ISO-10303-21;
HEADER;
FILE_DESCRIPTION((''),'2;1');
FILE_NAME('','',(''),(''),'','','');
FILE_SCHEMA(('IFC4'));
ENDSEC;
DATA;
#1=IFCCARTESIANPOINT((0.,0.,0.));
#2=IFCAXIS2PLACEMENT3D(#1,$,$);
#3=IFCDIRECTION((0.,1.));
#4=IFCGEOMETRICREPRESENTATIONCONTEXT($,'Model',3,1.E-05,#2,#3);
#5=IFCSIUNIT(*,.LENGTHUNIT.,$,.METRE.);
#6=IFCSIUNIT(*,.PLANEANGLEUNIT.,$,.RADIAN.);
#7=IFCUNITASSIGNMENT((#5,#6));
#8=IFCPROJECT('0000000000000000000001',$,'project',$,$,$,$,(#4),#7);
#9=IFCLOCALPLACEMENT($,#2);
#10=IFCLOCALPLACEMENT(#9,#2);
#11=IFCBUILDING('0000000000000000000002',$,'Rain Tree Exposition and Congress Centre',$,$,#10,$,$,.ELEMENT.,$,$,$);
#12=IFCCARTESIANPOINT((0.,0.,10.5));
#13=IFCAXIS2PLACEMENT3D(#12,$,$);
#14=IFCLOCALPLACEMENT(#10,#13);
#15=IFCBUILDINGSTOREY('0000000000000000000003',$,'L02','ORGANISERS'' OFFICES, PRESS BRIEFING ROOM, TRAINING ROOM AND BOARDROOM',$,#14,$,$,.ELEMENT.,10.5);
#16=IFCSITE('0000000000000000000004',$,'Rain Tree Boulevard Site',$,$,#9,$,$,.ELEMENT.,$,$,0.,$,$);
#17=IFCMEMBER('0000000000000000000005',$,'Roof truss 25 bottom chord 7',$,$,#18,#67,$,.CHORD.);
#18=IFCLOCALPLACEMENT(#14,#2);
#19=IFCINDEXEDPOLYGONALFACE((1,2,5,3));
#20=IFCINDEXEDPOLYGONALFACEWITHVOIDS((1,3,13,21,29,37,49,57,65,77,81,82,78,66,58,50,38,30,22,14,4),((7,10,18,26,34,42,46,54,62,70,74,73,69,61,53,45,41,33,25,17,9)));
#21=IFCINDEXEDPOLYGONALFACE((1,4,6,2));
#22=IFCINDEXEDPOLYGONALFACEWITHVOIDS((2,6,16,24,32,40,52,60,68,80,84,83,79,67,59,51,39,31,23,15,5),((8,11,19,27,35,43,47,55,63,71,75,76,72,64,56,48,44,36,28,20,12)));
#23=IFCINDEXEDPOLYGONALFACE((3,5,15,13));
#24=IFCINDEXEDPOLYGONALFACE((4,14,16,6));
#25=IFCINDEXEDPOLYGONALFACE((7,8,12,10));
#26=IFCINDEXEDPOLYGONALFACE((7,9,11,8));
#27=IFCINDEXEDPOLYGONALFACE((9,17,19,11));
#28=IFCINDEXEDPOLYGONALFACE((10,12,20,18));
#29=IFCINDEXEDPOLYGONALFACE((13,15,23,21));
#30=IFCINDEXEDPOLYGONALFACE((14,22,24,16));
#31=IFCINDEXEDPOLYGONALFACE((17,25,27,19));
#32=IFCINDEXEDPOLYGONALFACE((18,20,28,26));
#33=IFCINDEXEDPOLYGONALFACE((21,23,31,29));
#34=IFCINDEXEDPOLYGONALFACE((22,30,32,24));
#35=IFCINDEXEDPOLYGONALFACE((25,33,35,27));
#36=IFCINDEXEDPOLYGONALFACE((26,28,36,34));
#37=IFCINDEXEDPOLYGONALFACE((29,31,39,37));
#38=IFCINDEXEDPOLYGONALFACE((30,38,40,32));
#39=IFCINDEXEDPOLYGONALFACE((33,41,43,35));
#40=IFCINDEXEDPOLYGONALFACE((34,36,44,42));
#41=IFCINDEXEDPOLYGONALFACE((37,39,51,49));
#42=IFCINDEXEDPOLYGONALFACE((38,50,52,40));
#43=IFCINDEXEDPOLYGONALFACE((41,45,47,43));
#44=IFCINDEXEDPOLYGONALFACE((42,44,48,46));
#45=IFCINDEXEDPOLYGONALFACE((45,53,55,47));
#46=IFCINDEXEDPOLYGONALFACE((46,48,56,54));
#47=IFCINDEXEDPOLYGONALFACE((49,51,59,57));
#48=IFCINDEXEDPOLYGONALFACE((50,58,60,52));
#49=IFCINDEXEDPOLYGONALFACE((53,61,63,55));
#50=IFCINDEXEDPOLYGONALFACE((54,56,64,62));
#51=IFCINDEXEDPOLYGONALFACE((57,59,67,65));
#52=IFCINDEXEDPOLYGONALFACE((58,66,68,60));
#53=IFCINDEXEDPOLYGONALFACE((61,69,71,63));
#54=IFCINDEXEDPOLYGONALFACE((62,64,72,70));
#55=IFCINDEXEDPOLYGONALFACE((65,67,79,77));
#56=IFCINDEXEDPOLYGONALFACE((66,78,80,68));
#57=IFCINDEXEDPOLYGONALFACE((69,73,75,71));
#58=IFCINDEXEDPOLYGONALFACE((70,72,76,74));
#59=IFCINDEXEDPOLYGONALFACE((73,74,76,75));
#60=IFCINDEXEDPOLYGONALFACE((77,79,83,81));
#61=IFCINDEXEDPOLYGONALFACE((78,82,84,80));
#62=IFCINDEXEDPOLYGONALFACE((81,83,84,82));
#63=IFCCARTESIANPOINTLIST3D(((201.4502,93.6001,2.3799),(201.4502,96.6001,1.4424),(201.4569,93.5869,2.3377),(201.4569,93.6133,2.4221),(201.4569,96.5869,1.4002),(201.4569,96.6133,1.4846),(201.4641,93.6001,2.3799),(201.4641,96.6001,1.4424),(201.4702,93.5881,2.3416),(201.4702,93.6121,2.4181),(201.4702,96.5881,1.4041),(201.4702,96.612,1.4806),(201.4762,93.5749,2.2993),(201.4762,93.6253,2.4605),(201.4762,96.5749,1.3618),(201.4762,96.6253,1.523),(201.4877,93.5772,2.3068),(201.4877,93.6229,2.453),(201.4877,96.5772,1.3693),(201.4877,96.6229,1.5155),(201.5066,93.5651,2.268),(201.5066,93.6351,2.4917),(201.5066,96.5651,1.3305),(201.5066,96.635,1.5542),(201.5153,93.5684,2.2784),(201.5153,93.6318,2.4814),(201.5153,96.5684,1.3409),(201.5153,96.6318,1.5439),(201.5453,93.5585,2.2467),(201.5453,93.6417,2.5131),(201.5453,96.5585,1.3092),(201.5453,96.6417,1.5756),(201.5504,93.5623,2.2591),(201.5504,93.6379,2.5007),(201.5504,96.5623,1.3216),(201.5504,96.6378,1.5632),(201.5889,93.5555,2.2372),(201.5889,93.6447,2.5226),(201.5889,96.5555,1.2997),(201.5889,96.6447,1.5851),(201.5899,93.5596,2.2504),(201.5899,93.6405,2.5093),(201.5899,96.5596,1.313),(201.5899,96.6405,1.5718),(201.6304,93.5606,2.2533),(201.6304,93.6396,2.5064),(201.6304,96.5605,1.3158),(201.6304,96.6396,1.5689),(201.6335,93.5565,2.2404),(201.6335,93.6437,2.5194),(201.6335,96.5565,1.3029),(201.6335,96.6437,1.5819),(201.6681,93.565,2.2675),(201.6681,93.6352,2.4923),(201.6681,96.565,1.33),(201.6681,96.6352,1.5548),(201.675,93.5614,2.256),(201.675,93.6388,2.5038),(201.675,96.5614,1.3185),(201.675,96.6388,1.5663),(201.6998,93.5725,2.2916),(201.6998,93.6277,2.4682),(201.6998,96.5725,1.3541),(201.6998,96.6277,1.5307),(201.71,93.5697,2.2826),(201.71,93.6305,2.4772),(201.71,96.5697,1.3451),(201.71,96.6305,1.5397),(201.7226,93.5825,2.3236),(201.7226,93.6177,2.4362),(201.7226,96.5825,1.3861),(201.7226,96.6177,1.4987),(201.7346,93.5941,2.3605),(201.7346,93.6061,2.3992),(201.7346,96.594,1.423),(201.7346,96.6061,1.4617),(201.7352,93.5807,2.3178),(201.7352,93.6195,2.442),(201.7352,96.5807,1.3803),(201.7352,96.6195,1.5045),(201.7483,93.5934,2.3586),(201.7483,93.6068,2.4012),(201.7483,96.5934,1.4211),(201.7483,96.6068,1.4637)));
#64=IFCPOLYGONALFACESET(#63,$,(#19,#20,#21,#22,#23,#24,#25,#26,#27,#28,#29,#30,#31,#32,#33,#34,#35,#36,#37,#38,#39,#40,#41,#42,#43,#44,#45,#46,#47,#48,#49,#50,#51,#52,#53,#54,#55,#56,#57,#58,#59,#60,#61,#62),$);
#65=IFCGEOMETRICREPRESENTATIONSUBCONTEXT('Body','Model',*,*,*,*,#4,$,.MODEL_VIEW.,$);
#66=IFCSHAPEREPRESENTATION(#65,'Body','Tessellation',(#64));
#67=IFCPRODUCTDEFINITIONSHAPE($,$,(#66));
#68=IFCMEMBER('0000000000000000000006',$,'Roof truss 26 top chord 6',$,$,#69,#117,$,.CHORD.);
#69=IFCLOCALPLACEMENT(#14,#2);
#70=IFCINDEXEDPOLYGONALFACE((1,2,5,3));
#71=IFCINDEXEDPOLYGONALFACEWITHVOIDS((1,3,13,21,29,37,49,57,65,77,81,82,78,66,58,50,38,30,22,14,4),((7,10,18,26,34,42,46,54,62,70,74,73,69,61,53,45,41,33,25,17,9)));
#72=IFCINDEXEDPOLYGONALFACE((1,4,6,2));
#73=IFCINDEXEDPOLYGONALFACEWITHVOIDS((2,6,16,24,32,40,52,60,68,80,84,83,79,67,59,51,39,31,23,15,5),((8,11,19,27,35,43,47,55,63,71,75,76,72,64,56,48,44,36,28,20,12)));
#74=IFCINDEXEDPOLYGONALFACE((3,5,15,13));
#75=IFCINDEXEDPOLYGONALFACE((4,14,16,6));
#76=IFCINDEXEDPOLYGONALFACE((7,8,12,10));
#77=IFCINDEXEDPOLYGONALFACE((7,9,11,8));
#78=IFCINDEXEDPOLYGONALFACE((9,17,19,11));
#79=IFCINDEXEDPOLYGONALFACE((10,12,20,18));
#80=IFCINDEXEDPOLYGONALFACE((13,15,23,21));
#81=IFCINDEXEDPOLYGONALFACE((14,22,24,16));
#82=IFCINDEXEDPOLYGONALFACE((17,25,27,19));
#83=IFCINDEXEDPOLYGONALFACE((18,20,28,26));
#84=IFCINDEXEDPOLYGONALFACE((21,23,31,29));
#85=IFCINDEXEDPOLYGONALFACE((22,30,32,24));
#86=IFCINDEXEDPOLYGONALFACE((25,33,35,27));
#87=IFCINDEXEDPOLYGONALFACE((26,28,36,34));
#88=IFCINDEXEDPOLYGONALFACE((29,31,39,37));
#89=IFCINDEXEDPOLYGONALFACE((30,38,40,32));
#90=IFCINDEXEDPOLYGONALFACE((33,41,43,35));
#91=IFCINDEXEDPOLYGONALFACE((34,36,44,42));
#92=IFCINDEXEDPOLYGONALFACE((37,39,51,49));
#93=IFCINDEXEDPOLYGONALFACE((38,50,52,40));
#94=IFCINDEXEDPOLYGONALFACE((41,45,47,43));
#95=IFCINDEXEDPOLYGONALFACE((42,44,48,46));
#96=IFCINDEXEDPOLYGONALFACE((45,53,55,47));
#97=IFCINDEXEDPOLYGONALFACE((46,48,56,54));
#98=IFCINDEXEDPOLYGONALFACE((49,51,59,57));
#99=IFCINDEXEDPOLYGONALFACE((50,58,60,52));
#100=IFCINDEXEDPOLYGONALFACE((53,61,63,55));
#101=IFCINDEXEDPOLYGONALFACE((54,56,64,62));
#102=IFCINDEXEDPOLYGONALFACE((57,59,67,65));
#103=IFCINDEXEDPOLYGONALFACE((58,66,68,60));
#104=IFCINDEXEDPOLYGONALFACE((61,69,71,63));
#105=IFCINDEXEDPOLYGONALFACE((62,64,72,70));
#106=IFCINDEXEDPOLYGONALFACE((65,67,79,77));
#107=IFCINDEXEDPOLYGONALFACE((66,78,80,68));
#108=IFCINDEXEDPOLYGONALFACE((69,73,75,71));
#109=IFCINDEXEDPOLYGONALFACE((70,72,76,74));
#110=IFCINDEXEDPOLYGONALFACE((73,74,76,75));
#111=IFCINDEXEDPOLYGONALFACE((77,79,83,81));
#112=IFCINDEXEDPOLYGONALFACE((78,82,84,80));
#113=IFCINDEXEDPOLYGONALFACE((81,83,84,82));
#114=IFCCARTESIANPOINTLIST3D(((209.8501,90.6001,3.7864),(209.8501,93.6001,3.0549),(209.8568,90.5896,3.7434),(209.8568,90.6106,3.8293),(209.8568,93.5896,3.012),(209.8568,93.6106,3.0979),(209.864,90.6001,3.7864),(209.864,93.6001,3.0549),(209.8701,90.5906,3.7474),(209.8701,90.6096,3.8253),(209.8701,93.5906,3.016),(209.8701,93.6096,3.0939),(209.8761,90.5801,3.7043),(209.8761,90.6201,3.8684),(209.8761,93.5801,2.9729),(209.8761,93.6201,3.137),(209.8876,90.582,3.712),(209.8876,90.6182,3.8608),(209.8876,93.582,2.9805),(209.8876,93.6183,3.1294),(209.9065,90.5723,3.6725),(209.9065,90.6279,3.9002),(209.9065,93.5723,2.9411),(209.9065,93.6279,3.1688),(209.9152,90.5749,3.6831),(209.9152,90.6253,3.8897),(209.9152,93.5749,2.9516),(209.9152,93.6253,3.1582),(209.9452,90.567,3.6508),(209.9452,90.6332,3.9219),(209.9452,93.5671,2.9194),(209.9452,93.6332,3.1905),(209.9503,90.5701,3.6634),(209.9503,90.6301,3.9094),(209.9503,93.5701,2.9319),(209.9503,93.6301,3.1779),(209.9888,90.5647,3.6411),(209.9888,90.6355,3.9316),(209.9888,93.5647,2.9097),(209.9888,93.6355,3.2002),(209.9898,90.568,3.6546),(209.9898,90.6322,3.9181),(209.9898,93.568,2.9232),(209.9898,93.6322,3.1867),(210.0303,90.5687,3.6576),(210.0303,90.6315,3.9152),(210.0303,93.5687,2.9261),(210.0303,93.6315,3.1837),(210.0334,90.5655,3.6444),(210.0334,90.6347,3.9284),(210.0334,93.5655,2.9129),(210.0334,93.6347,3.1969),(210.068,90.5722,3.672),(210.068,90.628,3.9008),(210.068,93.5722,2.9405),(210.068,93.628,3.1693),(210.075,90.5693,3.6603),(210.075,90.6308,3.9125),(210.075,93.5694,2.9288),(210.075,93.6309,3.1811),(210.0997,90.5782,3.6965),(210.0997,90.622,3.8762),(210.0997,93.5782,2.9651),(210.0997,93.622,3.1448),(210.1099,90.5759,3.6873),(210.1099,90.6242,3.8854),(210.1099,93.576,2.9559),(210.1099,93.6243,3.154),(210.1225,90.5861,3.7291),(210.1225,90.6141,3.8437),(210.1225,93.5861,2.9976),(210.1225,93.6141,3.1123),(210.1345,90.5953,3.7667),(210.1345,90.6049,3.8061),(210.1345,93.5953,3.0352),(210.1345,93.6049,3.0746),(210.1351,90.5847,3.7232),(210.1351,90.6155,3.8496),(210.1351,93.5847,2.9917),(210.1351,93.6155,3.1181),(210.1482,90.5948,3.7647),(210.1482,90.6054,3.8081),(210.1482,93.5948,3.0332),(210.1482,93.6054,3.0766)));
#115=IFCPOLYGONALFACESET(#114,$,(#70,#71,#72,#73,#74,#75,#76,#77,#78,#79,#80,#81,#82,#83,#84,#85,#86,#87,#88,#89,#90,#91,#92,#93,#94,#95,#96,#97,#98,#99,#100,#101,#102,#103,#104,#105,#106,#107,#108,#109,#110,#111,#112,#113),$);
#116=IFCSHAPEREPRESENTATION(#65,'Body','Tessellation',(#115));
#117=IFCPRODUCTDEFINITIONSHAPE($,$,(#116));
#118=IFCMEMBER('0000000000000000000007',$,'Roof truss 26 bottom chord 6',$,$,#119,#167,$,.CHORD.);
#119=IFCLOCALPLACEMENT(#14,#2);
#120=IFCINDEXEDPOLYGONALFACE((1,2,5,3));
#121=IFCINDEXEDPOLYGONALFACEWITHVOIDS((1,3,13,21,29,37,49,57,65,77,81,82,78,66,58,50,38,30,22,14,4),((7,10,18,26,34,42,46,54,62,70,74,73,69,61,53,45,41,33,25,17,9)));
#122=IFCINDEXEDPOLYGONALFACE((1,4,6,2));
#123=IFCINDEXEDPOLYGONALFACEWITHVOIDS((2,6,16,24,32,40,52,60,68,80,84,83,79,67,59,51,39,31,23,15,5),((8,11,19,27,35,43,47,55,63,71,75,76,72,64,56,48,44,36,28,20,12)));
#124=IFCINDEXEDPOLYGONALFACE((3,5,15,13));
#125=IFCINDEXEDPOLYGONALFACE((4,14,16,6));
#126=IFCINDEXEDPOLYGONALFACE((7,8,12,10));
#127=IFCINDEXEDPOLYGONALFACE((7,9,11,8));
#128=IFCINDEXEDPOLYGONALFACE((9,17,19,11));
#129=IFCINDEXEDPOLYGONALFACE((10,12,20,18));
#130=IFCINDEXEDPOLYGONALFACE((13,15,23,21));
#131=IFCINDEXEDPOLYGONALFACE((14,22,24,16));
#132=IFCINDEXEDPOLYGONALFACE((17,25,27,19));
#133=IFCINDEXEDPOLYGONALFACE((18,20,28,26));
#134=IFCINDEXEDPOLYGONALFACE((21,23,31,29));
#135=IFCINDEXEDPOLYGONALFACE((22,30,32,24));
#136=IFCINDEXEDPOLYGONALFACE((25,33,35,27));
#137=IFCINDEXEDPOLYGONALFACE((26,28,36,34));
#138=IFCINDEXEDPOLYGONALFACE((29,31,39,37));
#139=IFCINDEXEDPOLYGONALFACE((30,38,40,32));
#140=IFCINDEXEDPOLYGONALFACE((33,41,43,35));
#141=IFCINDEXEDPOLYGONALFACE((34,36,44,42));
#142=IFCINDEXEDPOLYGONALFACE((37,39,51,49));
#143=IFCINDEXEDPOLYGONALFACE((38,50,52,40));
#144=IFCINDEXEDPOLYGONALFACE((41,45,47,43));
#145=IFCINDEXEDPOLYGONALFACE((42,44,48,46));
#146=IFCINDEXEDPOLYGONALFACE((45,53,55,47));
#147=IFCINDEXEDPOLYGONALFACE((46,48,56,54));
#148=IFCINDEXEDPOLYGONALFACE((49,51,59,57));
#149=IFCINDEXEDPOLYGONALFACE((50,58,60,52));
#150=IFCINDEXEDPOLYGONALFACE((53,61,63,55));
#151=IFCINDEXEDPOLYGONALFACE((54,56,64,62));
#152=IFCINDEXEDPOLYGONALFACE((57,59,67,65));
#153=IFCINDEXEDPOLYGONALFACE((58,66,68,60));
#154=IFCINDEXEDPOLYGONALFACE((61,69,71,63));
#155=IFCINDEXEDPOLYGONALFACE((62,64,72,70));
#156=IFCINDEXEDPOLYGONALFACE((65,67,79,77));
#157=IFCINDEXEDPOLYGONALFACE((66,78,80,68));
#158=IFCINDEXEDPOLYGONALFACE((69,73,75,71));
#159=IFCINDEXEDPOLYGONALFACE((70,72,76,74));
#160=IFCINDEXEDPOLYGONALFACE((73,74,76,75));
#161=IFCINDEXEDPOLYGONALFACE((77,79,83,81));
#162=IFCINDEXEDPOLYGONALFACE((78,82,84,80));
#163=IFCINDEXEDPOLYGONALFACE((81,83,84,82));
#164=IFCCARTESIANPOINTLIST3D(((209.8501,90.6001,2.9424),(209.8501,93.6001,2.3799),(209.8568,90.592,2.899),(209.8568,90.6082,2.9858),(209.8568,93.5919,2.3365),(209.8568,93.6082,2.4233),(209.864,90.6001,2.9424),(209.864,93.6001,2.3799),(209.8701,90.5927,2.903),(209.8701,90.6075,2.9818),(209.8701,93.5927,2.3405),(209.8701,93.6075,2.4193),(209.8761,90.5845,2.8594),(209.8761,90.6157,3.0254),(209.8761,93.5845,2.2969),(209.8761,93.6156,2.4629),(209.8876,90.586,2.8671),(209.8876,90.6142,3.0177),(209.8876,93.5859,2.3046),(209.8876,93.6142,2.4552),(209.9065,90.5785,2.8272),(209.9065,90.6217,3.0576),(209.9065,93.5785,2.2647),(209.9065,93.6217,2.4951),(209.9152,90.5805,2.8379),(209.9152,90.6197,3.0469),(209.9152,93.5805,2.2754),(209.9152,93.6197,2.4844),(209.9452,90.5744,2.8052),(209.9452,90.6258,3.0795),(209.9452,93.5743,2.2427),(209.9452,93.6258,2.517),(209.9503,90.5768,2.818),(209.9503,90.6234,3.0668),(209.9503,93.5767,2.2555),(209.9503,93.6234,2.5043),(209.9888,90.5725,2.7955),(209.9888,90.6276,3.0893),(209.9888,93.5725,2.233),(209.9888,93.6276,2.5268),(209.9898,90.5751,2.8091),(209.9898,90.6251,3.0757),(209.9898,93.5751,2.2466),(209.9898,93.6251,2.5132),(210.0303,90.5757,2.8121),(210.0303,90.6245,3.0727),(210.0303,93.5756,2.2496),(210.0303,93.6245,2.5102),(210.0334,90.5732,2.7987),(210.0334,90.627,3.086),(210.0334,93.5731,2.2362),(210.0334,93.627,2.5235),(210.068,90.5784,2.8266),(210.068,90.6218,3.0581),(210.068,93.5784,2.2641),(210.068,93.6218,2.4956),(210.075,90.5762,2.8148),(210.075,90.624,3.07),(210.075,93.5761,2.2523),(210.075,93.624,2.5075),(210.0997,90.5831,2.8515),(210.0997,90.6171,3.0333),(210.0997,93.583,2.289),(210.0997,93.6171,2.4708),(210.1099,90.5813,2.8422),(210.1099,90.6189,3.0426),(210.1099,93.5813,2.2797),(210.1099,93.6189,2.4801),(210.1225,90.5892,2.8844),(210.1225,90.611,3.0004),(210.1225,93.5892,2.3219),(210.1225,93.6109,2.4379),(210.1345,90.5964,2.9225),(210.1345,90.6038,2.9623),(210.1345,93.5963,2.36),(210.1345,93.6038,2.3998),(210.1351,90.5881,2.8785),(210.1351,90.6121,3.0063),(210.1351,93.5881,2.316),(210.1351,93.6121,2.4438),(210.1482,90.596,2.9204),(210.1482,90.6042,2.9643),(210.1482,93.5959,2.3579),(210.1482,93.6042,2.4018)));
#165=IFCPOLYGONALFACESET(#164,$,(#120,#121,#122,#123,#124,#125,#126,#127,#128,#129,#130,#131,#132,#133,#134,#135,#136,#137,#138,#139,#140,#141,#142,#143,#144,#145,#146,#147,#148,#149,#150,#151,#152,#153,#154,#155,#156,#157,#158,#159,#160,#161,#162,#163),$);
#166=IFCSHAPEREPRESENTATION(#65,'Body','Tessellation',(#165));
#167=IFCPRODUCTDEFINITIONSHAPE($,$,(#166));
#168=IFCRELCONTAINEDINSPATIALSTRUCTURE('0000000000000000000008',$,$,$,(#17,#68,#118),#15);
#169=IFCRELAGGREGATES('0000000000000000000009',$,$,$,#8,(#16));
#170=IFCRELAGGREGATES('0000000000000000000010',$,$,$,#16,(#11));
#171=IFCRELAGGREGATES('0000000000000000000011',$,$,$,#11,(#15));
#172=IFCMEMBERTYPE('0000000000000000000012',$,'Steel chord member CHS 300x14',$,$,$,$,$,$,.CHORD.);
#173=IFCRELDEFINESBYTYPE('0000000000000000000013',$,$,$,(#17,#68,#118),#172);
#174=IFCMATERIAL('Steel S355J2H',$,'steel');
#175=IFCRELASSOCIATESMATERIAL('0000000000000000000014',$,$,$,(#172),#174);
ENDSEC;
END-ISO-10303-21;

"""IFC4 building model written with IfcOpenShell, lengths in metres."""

from ifc_helpers import new_model, si_unit, direction, frame, origin, origin_2d, place, context, subcontext, project, spatial, hollow_circle, extrude, material, material_profile, profile_set, type_object, element, save


model = new_model("IFC4")

# Units and contexts
model_context = context("Model", 3, precision=1e-05, world=origin(), true_north=direction((0.0, 1.0)))
body_context = subcontext(model_context, "Body", "Model", "MODEL_VIEW")
ifc_project = project(units=[si_unit("LENGTHUNIT", "METRE"), si_unit("PLANEANGLEUNIT", "RADIAN")], contexts=[model_context])

# Site, building, storey
site_placement = place(None, origin())
site = spatial("IfcSite", under=ifc_project, at=site_placement, Name="Rain Tree Boulevard Site", CompositionType="ELEMENT", RefElevation=0.0)
building_placement = place(site_placement, origin())
building = spatial("IfcBuilding", under=site, at=building_placement, Name="Rain Tree Exposition and Congress Centre", CompositionType="ELEMENT")
storey_placement = place(building_placement, frame((0.0, 0.0, 10.5)))
storey = spatial("IfcBuildingStorey", under=building, at=storey_placement, Name="L02", Description="ORGANISERS' OFFICES, PRESS BRIEFING ROOM, TRAINING ROOM AND BOARDROOM", CompositionType="ELEMENT", Elevation=10.5)

# Members
ifc_material_1 = material(Name="Steel S355J2H", Category="steel")
ifc_material_profile_1 = material_profile(ifc_material_1, hollow_circle(Radius=0.1499, WallThickness=0.0139, at=origin_2d()), Name="CHS 300x14")
ifc_profile_set_1 = profile_set([ifc_material_profile_1], Name="Steel S355J2H")
member_type_1 = type_object("IfcMemberType", Name="Steel chord member CHS 300x14", PredefinedType="CHORD", material=ifc_profile_set_1)
member_1_placement = place(storey_placement, frame((201.6001, 93.6001, 2.3799), z_axis=(0.0, 0.95448, -0.298275), x_axis=(-1.0, 0.0, 0.0)))
element("IfcMember", 1, at=member_1_placement, inside=storey, type_object=member_type_1, Name="Roof truss 25 bottom chord 7", PredefinedType="CHORD", context=body_context, shape_type="SweptSolid", body=[
    extrude(hollow_circle(Radius=0.1499, WallThickness=0.0139, at=origin_2d()), origin(), (0.0, 0.0, 1.0), 3.1431),
])
member_2_placement = place(storey_placement, frame((210.0, 90.6001, 3.7864), z_axis=(0.0, 0.97154, -0.236876), x_axis=(-1.0, 0.0, 0.0)))
element("IfcMember", 2, at=member_2_placement, inside=storey, type_object=member_type_1, Name="Roof truss 26 top chord 6", PredefinedType="CHORD", context=body_context, shape_type="SweptSolid", body=[
    extrude(hollow_circle(Radius=0.1499, WallThickness=0.0139, at=origin_2d()), origin(), (0.0, 0.0, 1.0), 3.0879),
])
member_3_placement = place(storey_placement, frame((210.0, 90.6001, 2.9424), z_axis=(0.0, 0.982872, -0.184289), x_axis=(-1.0, 0.0, 0.0)))
element("IfcMember", 3, at=member_3_placement, inside=storey, type_object=member_type_1, Name="Roof truss 26 bottom chord 6", PredefinedType="CHORD", context=body_context, shape_type="SweptSolid", body=[
    extrude(hollow_circle(Radius=0.1499, WallThickness=0.0139, at=origin_2d()), origin(), (0.0, 0.0, 1.0), 3.0522),
])

save(model, "model.ifc")
